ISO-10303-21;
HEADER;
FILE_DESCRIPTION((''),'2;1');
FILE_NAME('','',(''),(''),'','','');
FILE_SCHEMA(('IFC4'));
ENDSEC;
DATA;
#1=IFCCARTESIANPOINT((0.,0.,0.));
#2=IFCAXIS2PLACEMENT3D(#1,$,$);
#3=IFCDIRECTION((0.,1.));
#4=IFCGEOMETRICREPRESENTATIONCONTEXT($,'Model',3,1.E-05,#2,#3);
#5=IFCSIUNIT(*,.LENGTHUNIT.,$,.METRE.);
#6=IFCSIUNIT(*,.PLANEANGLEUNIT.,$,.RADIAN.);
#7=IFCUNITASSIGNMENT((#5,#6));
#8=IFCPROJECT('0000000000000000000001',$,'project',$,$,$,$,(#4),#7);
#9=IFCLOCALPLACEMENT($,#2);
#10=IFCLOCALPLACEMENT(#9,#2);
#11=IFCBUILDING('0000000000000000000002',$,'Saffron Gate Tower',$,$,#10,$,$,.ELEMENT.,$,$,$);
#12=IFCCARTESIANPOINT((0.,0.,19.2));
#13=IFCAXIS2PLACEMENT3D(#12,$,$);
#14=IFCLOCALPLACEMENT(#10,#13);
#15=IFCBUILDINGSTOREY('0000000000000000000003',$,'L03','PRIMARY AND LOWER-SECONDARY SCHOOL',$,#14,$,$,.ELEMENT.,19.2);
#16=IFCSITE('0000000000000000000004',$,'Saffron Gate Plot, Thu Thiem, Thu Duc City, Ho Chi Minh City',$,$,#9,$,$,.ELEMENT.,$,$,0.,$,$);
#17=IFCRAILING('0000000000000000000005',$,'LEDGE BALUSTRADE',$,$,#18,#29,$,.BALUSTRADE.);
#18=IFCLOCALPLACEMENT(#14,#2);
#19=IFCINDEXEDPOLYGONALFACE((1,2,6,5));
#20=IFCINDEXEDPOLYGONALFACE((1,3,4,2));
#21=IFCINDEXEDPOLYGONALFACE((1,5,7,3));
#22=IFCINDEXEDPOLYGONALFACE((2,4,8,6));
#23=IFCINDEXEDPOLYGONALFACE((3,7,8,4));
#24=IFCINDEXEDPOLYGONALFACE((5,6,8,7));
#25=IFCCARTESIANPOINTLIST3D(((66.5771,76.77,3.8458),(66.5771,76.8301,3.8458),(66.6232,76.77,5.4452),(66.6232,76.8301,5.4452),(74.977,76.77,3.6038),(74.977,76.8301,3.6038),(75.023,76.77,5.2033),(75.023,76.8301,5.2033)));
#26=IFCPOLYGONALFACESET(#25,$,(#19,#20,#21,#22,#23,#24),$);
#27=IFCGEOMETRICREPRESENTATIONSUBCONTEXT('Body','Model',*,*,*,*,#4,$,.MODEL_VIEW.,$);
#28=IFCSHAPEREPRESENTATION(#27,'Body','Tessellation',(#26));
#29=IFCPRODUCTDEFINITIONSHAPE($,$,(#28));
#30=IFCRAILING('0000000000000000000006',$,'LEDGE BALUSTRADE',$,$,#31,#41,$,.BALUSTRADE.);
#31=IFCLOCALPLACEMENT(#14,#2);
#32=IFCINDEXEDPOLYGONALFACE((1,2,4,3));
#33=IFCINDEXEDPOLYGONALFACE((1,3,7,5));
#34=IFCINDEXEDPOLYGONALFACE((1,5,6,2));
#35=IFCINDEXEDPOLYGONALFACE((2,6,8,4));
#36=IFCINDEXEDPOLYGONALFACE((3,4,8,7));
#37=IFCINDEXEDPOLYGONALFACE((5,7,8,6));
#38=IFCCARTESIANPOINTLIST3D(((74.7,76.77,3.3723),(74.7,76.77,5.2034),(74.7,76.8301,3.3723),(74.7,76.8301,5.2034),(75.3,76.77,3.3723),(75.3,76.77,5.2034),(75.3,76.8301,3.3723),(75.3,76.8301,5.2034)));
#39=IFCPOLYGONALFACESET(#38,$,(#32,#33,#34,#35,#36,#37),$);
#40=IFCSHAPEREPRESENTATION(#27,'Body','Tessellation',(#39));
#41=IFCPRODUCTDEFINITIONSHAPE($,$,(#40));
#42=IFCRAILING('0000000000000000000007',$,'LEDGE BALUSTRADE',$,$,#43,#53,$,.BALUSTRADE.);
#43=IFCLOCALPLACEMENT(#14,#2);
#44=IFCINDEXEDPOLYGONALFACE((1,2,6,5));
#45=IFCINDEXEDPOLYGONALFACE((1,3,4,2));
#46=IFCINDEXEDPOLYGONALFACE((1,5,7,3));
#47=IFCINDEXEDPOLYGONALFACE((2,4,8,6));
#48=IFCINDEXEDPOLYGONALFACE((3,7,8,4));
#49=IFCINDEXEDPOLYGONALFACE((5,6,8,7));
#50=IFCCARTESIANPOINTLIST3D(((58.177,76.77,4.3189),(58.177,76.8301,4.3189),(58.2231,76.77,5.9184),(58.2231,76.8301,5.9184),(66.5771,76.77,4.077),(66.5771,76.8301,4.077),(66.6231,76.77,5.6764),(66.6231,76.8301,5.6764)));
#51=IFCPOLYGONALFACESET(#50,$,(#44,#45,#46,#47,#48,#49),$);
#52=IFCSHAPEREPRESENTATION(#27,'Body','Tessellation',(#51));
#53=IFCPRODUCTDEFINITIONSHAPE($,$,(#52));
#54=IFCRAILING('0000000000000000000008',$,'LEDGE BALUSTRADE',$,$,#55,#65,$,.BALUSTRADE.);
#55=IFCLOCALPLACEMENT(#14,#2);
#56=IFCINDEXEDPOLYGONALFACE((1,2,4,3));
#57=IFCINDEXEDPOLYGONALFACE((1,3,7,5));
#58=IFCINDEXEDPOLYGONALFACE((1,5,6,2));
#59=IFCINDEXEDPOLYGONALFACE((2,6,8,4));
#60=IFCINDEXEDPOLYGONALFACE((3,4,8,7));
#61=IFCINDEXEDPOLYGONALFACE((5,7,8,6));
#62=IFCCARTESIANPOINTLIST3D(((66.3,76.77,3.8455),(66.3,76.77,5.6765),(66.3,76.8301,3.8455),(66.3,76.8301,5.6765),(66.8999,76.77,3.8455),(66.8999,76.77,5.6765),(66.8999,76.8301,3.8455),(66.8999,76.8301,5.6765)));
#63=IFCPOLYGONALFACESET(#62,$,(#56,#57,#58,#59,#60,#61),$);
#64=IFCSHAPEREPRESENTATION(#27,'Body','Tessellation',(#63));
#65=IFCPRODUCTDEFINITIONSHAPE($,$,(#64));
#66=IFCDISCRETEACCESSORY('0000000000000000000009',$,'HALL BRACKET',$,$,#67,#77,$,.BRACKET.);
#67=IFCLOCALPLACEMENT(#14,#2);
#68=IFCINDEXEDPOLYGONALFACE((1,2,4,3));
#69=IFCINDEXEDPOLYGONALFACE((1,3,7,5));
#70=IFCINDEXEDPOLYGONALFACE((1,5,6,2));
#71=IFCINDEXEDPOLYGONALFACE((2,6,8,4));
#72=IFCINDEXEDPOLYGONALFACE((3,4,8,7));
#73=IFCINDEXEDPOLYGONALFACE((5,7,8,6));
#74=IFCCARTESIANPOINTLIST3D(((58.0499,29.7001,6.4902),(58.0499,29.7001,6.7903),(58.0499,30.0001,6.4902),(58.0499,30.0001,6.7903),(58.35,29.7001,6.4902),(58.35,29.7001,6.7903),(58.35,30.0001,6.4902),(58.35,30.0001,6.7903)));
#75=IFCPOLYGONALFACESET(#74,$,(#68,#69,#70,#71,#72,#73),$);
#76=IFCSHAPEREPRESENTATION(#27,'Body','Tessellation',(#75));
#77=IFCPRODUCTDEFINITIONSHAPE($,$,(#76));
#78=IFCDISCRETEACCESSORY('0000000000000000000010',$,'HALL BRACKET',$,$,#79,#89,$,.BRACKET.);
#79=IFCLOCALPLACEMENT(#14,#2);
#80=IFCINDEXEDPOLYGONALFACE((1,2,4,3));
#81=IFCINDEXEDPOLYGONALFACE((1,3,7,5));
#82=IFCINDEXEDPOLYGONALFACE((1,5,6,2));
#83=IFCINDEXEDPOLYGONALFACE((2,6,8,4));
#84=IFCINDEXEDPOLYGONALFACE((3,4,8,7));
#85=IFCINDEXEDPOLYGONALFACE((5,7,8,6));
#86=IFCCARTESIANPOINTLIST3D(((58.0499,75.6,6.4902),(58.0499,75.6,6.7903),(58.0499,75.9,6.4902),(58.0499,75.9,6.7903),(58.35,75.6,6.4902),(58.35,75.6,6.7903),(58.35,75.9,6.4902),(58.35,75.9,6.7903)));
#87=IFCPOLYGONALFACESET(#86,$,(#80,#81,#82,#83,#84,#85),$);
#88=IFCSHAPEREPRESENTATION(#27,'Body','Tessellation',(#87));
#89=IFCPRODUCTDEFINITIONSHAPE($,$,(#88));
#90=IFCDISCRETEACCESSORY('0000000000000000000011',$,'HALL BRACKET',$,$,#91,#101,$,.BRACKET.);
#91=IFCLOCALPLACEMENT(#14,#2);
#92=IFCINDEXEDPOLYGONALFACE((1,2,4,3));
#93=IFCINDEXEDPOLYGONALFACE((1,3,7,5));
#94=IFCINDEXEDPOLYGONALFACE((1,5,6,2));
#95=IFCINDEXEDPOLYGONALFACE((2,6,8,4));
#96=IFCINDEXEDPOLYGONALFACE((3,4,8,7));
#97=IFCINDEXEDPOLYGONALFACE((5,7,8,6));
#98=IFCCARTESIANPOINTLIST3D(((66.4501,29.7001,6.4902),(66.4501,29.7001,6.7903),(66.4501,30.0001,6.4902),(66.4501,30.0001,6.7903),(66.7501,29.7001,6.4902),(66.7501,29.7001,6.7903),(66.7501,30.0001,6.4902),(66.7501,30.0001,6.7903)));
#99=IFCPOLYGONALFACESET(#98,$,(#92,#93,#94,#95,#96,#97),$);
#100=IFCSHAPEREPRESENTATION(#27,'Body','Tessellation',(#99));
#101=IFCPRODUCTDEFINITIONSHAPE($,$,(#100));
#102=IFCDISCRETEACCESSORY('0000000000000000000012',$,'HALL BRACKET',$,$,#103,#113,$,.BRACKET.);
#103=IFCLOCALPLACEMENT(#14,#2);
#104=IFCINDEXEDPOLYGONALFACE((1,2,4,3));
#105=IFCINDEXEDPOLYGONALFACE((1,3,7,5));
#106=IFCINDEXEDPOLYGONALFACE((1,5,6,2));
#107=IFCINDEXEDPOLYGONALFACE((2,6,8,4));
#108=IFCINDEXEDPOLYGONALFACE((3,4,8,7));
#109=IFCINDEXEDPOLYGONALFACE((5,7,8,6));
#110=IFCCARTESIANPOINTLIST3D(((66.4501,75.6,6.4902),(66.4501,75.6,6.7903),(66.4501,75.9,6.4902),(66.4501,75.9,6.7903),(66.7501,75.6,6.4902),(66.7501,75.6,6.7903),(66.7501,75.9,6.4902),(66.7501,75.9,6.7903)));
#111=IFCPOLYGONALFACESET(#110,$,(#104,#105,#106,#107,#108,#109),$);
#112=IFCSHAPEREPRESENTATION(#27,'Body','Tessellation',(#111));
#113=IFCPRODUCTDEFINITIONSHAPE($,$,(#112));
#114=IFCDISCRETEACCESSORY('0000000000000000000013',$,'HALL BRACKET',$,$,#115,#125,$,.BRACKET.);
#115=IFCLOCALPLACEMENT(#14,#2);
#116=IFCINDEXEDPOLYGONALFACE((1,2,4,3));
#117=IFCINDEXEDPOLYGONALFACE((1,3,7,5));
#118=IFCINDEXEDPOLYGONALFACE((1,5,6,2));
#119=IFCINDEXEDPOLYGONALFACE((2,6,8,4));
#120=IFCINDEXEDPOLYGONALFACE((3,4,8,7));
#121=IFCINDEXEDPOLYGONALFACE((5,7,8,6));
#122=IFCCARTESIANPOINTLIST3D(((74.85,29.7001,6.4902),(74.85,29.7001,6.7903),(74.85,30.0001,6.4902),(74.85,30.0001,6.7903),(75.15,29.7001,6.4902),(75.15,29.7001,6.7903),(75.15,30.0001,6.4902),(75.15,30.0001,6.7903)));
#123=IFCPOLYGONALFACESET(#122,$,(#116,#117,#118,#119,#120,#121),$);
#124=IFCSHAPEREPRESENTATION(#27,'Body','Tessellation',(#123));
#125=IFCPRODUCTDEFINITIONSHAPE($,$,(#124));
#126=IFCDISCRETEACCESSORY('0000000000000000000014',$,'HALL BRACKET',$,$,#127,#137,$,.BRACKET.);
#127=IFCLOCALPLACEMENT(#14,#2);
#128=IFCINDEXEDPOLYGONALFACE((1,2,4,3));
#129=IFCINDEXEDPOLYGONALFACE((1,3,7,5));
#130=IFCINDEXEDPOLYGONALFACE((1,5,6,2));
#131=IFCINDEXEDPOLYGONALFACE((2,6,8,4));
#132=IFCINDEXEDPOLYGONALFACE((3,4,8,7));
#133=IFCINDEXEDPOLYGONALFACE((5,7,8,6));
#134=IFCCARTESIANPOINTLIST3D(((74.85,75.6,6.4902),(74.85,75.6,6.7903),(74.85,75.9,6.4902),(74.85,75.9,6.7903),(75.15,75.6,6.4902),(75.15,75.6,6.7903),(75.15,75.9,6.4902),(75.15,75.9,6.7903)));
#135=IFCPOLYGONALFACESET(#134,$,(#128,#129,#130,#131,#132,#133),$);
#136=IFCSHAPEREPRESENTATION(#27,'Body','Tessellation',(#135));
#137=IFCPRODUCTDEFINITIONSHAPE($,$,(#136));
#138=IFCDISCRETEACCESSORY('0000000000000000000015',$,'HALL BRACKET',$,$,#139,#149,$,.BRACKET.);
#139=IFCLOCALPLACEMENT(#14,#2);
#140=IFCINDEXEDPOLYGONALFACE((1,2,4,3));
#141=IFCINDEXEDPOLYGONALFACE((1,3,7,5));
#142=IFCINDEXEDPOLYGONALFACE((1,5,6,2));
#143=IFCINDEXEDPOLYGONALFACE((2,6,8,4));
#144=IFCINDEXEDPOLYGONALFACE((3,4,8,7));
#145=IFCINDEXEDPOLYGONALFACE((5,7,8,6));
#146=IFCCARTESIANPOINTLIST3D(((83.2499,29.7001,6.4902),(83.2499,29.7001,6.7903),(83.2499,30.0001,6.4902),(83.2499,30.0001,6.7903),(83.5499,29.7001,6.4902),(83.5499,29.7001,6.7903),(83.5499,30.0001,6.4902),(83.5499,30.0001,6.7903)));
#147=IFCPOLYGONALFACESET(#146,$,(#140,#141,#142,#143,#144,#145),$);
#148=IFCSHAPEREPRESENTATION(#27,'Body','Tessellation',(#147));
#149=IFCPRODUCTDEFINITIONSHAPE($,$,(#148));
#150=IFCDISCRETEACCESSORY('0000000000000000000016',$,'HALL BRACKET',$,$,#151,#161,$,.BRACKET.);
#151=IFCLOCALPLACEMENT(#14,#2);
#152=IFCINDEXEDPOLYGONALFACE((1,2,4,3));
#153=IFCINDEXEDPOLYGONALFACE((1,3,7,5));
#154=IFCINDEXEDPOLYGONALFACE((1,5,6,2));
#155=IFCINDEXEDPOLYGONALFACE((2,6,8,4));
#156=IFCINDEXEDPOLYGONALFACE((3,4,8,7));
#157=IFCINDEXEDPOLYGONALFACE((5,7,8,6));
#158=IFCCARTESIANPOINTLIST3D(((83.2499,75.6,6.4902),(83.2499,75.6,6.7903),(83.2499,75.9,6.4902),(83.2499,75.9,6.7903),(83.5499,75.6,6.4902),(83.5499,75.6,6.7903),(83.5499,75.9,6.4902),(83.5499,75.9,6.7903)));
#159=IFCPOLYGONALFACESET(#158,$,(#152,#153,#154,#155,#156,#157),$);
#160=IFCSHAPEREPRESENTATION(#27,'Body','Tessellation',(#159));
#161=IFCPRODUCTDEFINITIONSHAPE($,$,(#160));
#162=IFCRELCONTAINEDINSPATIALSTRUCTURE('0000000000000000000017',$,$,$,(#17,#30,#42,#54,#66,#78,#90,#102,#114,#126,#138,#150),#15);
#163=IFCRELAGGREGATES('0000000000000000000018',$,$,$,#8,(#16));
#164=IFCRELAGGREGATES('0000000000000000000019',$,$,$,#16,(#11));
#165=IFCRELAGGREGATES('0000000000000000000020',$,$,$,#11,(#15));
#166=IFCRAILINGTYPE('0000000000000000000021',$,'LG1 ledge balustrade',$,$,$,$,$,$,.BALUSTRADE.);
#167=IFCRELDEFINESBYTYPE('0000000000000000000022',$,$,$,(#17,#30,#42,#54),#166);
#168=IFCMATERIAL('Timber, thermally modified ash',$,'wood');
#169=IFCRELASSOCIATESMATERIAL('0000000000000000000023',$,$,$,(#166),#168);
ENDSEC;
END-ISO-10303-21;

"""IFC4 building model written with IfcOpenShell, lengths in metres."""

from ifc_helpers import new_model, si_unit, direction, frame, origin, origin_2d, place, context, subcontext, project, spatial, rectangle, extrude, material, type_object, element, save


model = new_model("IFC4")

# Units and contexts
model_context = context("Model", 3, precision=1e-05, world=origin(), true_north=direction((0.0, 1.0)))
body_context = subcontext(model_context, "Body", "Model", "MODEL_VIEW")
ifc_project = project(units=[si_unit("LENGTHUNIT", "METRE"), si_unit("PLANEANGLEUNIT", "RADIAN")], contexts=[model_context])

# Site, building, storey
site_placement = place(None, origin())
site = spatial("IfcSite", under=ifc_project, at=site_placement, Name="Saffron Gate Plot, Thu Thiem, Thu Duc City, Ho Chi Minh City", CompositionType="ELEMENT", RefElevation=0.0)
building_placement = place(site_placement, origin())
building = spatial("IfcBuilding", under=site, at=building_placement, Name="Saffron Gate Tower", CompositionType="ELEMENT")
storey_placement = place(building_placement, frame((0.0, 0.0, 19.2)))
storey = spatial("IfcBuildingStorey", under=building, at=storey_placement, Name="L03", Description="PRIMARY AND LOWER-SECONDARY SCHOOL", CompositionType="ELEMENT", Elevation=19.2)

# Shared definitions
ifc_material_1 = material(Name="Timber, thermally modified ash", Category="wood")

# Railings
railing_type = type_object("IfcRailingType", Name="LG1 ledge balustrade", PredefinedType="BALUSTRADE", material=ifc_material_1)
railing_1_placement = place(storey_placement, frame((75.0, 76.8, 3.6035)))
element("IfcRailing", 1, at=railing_1_placement, inside=storey, type_object=railing_type, Name="LEDGE BALUSTRADE", PredefinedType="BALUSTRADE", context=body_context, shape_type="SweptSolid", body=[
    extrude(rectangle(XDim=0.0601, YDim=1.6001, at=origin_2d()), frame((0.0, 0.0, 0.8), z_axis=(-0.999585, 0.0, 0.028791), x_axis=(0.0, -1.0, 0.0)), (0.0, 0.0, 1.0), 8.4033),
])
railing_2_placement = place(storey_placement, frame((75.3, 76.8, 3.3723)))
element("IfcRailing", 2, at=railing_2_placement, inside=storey, type_object=railing_type, Name="LEDGE BALUSTRADE", PredefinedType="BALUSTRADE", context=body_context, shape_type="SweptSolid", body=[
    extrude(rectangle(XDim=0.0601, YDim=1.8311, at=origin_2d()), frame((0.0, 0.0, 0.9155), z_axis=(-1.0, 0.0, 0.0), x_axis=(0.0, -1.0, 0.0)), (0.0, 0.0, 1.0), 0.6001),
])
railing_3_placement = place(storey_placement, frame((66.6001, 76.8, 4.0767)))
element("IfcRailing", 3, at=railing_3_placement, inside=storey, type_object=railing_type, Name="LEDGE BALUSTRADE", PredefinedType="BALUSTRADE", context=body_context, shape_type="SweptSolid", body=[
    extrude(rectangle(XDim=0.0601, YDim=1.6001, at=origin_2d()), frame((0.0, 0.0, 0.8), z_axis=(-0.999585, 0.0, 0.02879), x_axis=(0.0, -1.0, 0.0)), (0.0, 0.0, 1.0), 8.4036),
])
railing_4_placement = place(storey_placement, frame((66.8999, 76.8, 3.8455)))
element("IfcRailing", 4, at=railing_4_placement, inside=storey, type_object=railing_type, Name="LEDGE BALUSTRADE", PredefinedType="BALUSTRADE", context=body_context, shape_type="SweptSolid", body=[
    extrude(rectangle(XDim=0.0601, YDim=1.8311, at=origin_2d()), frame((0.0, 0.0, 0.9155), z_axis=(-1.0, 0.0, 0.0), x_axis=(0.0, -1.0, 0.0)), (0.0, 0.0, 1.0), 0.5999),
])

# Discrete accessories
for number, where, z_axis, x_axis, name in (
    (5, (58.2, 29.8501, 6.4902), (0.0, 0.0, 1.0), (1.0, 0.0, 0.0), "HALL BRACKET"),
    (6, (58.2, 75.75, 6.4902), (0.0, 0.0, 1.0), (-1.0, 0.0, 0.0), "HALL BRACKET"),
    (7, (66.6001, 29.8501, 6.4902), (0.0, 0.0, 1.0), (1.0, 0.0, 0.0), "HALL BRACKET"),
    (8, (66.6001, 75.75, 6.4902), (0.0, 0.0, 1.0), (-1.0, 0.0, 0.0), "HALL BRACKET"),
    (9, (75.0, 29.8501, 6.4902), (0.0, 0.0, 1.0), (1.0, 0.0, 0.0), "HALL BRACKET"),
    (10, (75.0, 75.75, 6.4902), (0.0, 0.0, 1.0), (-1.0, 0.0, 0.0), "HALL BRACKET"),
    (11, (83.3999, 29.8501, 6.4902), (0.0, 0.0, 1.0), (1.0, 0.0, 0.0), "HALL BRACKET"),
    (12, (83.3999, 75.75, 6.4902), (0.0, 0.0, 1.0), (-1.0, 0.0, 0.0), "HALL BRACKET"),
):
    element("IfcDiscreteAccessory", number, at=place(storey_placement, frame(where, z_axis=z_axis, x_axis=x_axis)), inside=storey, Name=name, PredefinedType="BRACKET", context=body_context, shape_type="SweptSolid", body=[
        extrude(rectangle(XDim=0.3, YDim=0.3, at=origin_2d()), origin(), (0.0, 0.0, 1.0), 0.3),
    ])

save(model, "model.ifc")
